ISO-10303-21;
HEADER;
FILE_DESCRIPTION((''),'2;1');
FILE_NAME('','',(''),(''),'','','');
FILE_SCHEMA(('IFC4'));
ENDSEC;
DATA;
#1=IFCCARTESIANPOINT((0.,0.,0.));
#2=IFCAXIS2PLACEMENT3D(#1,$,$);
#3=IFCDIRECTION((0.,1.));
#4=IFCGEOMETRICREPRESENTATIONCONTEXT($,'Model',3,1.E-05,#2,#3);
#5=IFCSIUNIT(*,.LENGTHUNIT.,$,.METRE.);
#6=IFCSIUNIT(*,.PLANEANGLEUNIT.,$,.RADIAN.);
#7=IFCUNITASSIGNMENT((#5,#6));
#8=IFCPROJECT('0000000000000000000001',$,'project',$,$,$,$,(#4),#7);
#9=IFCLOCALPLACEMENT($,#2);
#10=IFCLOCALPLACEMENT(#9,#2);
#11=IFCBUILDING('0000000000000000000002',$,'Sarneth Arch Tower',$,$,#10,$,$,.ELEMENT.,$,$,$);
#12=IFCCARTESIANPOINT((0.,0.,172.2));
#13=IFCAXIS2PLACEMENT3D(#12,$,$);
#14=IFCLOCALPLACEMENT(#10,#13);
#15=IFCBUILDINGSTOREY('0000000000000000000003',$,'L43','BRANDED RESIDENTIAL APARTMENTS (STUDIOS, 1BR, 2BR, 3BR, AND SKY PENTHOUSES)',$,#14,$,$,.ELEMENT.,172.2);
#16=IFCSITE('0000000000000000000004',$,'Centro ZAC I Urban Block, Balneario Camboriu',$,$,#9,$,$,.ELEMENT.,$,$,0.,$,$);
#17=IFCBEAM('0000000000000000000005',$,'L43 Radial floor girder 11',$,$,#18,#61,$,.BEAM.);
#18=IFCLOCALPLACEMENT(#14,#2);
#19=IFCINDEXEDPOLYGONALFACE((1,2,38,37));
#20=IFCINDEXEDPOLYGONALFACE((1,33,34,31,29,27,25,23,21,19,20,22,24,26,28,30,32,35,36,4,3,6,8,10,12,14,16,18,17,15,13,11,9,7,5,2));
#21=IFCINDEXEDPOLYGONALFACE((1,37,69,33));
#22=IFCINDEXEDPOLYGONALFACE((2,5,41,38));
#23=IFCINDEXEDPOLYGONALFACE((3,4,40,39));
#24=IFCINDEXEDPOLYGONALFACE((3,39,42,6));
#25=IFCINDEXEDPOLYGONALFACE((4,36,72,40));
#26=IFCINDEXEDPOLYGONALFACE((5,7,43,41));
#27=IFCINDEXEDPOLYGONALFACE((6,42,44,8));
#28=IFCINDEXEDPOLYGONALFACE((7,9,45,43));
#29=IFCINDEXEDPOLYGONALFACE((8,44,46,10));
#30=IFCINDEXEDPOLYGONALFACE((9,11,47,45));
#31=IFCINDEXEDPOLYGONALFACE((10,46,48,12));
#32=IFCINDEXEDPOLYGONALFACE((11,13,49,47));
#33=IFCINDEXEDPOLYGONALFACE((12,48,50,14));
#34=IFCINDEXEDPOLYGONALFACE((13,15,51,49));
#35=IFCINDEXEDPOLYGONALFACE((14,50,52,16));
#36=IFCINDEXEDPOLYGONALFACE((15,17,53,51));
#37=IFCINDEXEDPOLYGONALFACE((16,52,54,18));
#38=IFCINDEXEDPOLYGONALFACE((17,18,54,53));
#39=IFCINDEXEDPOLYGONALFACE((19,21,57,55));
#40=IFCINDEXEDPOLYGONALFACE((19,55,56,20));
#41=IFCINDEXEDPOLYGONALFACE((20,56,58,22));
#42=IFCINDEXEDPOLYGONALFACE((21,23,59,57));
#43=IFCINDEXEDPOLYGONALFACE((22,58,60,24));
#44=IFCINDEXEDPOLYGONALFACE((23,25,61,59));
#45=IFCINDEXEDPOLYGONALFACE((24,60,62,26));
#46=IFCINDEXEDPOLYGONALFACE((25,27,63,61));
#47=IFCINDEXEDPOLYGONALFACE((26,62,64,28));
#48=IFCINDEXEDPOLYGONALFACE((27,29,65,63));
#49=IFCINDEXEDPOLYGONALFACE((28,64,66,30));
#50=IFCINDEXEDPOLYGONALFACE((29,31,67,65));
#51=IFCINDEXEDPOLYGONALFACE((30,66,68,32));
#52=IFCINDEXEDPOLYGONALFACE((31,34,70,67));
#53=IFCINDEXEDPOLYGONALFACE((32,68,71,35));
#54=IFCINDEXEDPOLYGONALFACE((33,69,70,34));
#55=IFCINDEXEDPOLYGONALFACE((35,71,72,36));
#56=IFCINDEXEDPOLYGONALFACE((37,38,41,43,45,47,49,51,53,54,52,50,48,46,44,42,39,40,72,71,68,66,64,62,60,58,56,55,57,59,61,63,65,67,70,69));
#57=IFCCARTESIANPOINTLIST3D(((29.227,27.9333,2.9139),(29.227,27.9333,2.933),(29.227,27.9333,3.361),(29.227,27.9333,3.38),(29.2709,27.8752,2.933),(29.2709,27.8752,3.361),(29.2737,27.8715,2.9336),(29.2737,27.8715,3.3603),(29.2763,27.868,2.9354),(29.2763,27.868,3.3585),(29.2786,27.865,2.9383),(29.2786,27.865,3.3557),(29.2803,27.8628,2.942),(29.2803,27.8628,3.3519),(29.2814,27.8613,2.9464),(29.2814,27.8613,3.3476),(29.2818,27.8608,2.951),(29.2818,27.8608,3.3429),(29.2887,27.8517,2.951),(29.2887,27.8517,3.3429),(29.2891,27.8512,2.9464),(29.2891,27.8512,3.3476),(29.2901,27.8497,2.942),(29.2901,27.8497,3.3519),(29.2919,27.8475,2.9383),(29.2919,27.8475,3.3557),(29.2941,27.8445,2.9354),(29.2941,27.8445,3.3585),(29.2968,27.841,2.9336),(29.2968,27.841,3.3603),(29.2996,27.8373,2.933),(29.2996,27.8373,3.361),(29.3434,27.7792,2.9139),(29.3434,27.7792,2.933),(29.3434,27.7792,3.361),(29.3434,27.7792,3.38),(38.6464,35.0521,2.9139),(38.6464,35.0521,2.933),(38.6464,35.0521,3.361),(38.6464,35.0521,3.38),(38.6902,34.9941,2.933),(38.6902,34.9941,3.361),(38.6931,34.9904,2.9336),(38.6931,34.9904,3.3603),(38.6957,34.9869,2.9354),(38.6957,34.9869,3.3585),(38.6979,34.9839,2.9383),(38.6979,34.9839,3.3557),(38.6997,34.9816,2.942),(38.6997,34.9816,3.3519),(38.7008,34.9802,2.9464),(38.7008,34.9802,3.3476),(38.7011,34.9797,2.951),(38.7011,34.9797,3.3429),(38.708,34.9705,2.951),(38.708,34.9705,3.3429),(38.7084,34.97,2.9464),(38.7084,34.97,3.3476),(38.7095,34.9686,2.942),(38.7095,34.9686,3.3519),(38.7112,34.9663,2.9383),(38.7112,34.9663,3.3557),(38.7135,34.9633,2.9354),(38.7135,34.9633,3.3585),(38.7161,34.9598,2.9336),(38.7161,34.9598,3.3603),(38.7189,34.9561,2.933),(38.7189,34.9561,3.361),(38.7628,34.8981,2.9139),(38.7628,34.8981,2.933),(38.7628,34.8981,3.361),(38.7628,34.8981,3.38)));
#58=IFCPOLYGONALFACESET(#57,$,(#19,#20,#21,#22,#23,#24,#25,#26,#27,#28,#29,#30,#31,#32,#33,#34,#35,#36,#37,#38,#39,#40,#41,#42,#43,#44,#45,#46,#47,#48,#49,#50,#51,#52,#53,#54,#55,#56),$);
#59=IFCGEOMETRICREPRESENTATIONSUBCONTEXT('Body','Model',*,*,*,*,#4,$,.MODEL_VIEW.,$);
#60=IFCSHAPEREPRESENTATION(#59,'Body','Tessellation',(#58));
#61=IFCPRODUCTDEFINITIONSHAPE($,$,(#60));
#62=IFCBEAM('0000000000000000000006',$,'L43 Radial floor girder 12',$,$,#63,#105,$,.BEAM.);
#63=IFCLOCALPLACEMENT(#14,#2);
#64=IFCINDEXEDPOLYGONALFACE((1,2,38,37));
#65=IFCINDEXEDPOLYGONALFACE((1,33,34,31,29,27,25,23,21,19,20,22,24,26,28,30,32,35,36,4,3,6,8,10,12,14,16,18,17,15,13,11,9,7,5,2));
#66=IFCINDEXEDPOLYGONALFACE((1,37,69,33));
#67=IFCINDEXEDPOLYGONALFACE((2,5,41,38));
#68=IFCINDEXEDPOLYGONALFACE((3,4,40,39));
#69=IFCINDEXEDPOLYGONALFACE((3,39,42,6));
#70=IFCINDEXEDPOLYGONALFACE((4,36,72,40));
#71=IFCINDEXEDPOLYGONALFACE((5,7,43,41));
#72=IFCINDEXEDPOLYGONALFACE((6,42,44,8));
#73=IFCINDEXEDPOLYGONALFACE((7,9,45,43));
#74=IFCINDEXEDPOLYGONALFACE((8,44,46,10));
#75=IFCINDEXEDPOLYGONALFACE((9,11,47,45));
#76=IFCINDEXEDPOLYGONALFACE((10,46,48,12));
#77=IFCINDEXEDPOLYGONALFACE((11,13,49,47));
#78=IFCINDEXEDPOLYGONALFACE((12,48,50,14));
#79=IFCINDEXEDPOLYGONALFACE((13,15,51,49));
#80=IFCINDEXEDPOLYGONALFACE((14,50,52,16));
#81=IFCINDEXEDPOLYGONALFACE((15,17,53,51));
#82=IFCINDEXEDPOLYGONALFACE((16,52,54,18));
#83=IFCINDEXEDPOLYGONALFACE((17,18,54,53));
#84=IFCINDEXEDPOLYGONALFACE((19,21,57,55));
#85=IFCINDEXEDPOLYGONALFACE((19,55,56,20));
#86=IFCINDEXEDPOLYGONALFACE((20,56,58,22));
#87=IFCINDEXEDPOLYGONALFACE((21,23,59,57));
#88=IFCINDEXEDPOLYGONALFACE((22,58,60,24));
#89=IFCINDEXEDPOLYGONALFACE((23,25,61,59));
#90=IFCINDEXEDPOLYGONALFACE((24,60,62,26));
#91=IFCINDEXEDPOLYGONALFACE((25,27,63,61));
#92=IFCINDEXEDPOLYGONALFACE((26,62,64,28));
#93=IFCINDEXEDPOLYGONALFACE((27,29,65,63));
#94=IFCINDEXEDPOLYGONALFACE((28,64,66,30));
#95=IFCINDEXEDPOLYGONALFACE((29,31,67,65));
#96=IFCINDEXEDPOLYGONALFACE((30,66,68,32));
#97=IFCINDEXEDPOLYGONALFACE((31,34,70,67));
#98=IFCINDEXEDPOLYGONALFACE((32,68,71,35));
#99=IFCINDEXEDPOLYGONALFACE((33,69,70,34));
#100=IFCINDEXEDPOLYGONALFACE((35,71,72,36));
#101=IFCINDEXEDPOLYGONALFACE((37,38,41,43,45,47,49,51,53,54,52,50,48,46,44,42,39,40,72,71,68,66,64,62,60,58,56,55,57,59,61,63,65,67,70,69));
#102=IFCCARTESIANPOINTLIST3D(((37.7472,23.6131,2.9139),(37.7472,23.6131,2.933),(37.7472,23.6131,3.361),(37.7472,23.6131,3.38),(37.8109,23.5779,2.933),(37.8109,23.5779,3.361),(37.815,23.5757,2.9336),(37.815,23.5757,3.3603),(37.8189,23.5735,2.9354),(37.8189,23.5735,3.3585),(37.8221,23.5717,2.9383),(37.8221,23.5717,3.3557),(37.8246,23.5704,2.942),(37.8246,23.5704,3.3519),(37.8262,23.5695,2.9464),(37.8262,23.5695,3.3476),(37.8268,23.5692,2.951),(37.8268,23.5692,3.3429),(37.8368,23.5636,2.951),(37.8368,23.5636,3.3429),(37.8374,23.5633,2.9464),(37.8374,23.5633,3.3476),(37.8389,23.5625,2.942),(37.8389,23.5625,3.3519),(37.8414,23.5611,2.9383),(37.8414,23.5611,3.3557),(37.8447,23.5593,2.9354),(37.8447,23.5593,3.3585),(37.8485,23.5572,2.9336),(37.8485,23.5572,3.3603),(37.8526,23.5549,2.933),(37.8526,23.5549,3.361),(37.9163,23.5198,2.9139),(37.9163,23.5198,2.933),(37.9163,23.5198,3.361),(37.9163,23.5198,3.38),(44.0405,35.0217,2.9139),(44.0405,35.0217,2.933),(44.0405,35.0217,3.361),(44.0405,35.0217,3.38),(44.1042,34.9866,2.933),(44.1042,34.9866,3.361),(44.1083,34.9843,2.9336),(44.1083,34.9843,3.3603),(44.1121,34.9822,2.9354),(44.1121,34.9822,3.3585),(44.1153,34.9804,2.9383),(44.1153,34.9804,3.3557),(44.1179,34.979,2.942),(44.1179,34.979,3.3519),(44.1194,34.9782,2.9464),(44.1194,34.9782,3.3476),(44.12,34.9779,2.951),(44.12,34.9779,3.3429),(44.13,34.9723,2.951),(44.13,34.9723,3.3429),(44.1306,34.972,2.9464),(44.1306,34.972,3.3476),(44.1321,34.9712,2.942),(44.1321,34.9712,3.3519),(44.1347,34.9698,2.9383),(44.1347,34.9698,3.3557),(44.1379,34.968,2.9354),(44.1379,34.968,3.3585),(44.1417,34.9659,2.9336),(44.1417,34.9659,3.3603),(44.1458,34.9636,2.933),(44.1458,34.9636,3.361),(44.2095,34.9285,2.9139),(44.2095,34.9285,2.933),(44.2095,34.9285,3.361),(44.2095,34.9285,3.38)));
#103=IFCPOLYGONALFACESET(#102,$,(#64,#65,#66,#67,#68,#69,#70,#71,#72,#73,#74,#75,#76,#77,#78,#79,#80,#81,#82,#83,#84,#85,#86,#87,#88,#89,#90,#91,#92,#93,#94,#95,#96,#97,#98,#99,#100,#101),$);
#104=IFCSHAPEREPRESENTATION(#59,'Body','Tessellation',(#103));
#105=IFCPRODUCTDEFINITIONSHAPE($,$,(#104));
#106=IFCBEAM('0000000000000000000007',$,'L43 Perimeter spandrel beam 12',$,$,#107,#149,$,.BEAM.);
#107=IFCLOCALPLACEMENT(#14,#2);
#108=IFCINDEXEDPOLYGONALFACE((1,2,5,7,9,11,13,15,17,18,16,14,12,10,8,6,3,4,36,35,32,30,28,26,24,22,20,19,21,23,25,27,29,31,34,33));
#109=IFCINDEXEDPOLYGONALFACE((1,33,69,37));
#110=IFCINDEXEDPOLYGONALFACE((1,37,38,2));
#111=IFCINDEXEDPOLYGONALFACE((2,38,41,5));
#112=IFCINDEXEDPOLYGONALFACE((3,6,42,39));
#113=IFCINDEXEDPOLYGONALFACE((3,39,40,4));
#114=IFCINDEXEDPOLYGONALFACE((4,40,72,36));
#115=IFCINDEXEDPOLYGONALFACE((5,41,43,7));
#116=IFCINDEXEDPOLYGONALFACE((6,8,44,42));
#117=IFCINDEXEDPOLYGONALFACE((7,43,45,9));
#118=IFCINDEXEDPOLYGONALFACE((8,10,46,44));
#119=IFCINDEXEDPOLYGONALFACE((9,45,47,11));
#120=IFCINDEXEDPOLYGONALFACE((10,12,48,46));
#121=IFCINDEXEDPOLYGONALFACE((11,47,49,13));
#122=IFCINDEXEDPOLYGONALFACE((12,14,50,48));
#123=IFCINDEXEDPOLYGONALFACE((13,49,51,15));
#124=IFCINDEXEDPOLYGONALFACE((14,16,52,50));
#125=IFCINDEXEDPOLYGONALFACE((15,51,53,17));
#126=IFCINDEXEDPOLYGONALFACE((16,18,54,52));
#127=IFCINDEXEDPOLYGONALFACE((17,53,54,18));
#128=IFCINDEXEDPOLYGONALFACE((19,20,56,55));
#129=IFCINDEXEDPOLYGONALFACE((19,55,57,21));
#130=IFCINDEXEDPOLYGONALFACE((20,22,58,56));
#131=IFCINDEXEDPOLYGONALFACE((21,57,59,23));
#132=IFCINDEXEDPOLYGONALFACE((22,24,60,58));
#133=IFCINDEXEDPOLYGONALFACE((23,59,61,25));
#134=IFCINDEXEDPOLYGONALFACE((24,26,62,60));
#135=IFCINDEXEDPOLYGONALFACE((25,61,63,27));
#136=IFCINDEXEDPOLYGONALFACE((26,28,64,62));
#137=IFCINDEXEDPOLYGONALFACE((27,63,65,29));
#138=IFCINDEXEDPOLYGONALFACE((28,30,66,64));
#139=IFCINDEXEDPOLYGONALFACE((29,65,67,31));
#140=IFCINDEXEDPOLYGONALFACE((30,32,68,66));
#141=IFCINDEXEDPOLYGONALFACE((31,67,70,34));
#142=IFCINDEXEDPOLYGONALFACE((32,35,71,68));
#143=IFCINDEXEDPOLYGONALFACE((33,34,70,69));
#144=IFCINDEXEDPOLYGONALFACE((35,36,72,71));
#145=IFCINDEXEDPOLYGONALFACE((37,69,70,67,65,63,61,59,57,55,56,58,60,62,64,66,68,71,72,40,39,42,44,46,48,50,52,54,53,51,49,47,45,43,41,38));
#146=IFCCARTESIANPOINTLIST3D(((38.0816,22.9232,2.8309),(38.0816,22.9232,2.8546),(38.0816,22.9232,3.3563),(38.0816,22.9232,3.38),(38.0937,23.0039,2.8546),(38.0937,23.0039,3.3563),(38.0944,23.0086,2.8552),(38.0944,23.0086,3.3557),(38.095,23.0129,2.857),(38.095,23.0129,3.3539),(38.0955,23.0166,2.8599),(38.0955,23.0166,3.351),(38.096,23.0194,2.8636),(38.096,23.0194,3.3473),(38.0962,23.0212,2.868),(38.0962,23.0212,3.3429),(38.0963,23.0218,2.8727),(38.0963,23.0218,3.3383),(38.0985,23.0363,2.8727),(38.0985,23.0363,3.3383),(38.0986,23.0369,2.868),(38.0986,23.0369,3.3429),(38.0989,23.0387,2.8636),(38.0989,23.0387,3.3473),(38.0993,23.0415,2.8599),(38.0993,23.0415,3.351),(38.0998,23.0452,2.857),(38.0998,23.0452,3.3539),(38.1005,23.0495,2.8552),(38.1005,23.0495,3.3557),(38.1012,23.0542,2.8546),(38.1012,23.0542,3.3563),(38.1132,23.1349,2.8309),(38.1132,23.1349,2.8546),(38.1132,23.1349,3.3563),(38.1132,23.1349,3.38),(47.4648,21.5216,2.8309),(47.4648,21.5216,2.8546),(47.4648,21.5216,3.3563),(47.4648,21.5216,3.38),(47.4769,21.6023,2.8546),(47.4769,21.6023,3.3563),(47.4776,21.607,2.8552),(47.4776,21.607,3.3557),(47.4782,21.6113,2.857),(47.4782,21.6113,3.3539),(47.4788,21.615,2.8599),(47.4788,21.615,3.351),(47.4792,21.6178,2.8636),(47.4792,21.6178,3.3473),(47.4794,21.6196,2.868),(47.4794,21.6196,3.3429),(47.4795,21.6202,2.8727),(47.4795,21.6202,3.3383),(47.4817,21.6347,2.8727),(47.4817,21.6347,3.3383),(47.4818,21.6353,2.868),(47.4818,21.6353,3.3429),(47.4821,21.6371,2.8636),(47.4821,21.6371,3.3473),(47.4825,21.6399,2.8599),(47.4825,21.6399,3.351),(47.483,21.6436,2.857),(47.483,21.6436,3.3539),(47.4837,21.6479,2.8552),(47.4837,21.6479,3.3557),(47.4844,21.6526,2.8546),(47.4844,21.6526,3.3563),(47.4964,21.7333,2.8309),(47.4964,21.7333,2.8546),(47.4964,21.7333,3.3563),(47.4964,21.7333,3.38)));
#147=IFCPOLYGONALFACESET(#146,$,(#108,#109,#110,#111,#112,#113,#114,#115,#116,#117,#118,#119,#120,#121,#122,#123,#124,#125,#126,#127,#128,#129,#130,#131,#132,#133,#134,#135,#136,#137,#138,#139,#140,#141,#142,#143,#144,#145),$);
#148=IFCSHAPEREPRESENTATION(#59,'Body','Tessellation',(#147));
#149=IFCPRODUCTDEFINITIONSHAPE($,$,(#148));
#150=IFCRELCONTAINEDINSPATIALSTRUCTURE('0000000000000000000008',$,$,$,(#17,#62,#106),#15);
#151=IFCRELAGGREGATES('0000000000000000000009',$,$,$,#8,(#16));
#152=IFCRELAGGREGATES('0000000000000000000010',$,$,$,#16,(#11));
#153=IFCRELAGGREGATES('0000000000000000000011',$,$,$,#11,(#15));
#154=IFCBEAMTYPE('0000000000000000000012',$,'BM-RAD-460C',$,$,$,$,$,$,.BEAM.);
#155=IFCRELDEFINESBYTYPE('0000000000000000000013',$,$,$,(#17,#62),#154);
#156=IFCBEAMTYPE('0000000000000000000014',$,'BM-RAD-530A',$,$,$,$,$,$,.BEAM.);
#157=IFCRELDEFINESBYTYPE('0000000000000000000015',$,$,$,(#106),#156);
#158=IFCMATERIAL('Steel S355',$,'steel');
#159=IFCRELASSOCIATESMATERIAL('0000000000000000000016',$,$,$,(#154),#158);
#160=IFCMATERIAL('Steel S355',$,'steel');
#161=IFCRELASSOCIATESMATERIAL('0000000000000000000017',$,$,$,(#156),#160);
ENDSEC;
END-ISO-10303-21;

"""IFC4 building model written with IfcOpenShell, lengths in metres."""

from ifc_helpers import new_model, si_unit, direction, frame, origin, origin_2d, place, context, subcontext, project, spatial, i_section, extrude, material, material_profile, profile_set, type_object, element, save


model = new_model("IFC4")

# Units and contexts
model_context = context("Model", 3, precision=1e-05, world=origin(), true_north=direction((0.0, 1.0)))
body_context = subcontext(model_context, "Body", "Model", "MODEL_VIEW")
ifc_project = project(units=[si_unit("LENGTHUNIT", "METRE"), si_unit("PLANEANGLEUNIT", "RADIAN")], contexts=[model_context])

# Site, building, storey
site_placement = place(None, origin())
site = spatial("IfcSite", under=ifc_project, at=site_placement, Name="Centro ZAC I Urban Block, Balneario Camboriu", CompositionType="ELEMENT", RefElevation=0.0)
building_placement = place(site_placement, origin())
building = spatial("IfcBuilding", under=site, at=building_placement, Name="Sarneth Arch Tower", CompositionType="ELEMENT")
storey_placement = place(building_placement, frame((0.0, 0.0, 172.2)))
storey = spatial("IfcBuildingStorey", under=building, at=storey_placement, Name="L43", Description="BRANDED RESIDENTIAL APARTMENTS (STUDIOS, 1BR, 2BR, 3BR, AND SKY PENTHOUSES)", CompositionType="ELEMENT", Elevation=172.2)

# Beams
ifc_material_1 = material(Name="Steel S355", Category="steel")
ifc_material_profile_1 = material_profile(ifc_material_1, i_section(OverallWidth=0.1931, OverallDepth=0.4661, WebThickness=0.0115, FlangeThickness=0.019, FilletRadius=0.0181, at=origin_2d()), Name="W460x97")
ifc_profile_set_1 = profile_set([ifc_material_profile_1], Name="Steel S355")
beam_type_1 = type_object("IfcBeamType", Name="BM-RAD-460C", PredefinedType="BEAM", material=ifc_profile_set_1)
beam_1_placement = place(storey_placement, frame((38.7046, 34.9751, 3.147), z_axis=(-0.797786, -0.60294, 0.0), x_axis=(0.60294, -0.797786, 0.0)))
element("IfcBeam", 1, at=beam_1_placement, inside=storey, type_object=beam_type_1, Name="L43 Radial floor girder 11", PredefinedType="BEAM", context=body_context, shape_type="SweptSolid", body=[
    extrude(i_section(OverallWidth=0.1931, OverallDepth=0.4661, WebThickness=0.0115, FlangeThickness=0.019, FilletRadius=0.0181, at=origin_2d()), origin(), (0.0, 0.0, 1.0), 11.8069),
])
beam_2_placement = place(storey_placement, frame((44.125, 34.9751, 3.147), z_axis=(-0.483005, -0.875618, 0.0), x_axis=(0.875618, -0.483005, 0.0)))
element("IfcBeam", 2, at=beam_2_placement, inside=storey, type_object=beam_type_1, Name="L43 Radial floor girder 12", PredefinedType="BEAM", context=body_context, shape_type="SweptSolid", body=[
    extrude(i_section(OverallWidth=0.1931, OverallDepth=0.4661, WebThickness=0.0115, FlangeThickness=0.019, FilletRadius=0.0181, at=origin_2d()), origin(), (0.0, 0.0, 1.0), 13.0293),
])
ifc_material_2 = material(Name="Steel S355", Category="steel")
ifc_material_profile_2 = material_profile(ifc_material_2, i_section(OverallWidth=0.2141, OverallDepth=0.5491, WebThickness=0.0146, FlangeThickness=0.0237, FilletRadius=0.0181, at=origin_2d()), Name="W530x138")
ifc_profile_set_2 = profile_set([ifc_material_profile_2], Name="Steel S355")
beam_type_2 = type_object("IfcBeamType", Name="BM-RAD-530A", PredefinedType="BEAM", material=ifc_profile_set_2)
beam_3_placement = place(storey_placement, frame((38.0974, 23.0291, 3.1055), z_axis=(0.989027, -0.147734, 0.0), x_axis=(0.147734, 0.989027, 0.0)))
element("IfcBeam", 3, at=beam_3_placement, inside=storey, type_object=beam_type_2, Name="L43 Perimeter spandrel beam 12", PredefinedType="BEAM", context=body_context, shape_type="SweptSolid", body=[
    extrude(i_section(OverallWidth=0.2141, OverallDepth=0.5491, WebThickness=0.0146, FlangeThickness=0.0237, FilletRadius=0.0181, at=origin_2d()), origin(), (0.0, 0.0, 1.0), 9.4873),
])

save(model, "model.ifc")
